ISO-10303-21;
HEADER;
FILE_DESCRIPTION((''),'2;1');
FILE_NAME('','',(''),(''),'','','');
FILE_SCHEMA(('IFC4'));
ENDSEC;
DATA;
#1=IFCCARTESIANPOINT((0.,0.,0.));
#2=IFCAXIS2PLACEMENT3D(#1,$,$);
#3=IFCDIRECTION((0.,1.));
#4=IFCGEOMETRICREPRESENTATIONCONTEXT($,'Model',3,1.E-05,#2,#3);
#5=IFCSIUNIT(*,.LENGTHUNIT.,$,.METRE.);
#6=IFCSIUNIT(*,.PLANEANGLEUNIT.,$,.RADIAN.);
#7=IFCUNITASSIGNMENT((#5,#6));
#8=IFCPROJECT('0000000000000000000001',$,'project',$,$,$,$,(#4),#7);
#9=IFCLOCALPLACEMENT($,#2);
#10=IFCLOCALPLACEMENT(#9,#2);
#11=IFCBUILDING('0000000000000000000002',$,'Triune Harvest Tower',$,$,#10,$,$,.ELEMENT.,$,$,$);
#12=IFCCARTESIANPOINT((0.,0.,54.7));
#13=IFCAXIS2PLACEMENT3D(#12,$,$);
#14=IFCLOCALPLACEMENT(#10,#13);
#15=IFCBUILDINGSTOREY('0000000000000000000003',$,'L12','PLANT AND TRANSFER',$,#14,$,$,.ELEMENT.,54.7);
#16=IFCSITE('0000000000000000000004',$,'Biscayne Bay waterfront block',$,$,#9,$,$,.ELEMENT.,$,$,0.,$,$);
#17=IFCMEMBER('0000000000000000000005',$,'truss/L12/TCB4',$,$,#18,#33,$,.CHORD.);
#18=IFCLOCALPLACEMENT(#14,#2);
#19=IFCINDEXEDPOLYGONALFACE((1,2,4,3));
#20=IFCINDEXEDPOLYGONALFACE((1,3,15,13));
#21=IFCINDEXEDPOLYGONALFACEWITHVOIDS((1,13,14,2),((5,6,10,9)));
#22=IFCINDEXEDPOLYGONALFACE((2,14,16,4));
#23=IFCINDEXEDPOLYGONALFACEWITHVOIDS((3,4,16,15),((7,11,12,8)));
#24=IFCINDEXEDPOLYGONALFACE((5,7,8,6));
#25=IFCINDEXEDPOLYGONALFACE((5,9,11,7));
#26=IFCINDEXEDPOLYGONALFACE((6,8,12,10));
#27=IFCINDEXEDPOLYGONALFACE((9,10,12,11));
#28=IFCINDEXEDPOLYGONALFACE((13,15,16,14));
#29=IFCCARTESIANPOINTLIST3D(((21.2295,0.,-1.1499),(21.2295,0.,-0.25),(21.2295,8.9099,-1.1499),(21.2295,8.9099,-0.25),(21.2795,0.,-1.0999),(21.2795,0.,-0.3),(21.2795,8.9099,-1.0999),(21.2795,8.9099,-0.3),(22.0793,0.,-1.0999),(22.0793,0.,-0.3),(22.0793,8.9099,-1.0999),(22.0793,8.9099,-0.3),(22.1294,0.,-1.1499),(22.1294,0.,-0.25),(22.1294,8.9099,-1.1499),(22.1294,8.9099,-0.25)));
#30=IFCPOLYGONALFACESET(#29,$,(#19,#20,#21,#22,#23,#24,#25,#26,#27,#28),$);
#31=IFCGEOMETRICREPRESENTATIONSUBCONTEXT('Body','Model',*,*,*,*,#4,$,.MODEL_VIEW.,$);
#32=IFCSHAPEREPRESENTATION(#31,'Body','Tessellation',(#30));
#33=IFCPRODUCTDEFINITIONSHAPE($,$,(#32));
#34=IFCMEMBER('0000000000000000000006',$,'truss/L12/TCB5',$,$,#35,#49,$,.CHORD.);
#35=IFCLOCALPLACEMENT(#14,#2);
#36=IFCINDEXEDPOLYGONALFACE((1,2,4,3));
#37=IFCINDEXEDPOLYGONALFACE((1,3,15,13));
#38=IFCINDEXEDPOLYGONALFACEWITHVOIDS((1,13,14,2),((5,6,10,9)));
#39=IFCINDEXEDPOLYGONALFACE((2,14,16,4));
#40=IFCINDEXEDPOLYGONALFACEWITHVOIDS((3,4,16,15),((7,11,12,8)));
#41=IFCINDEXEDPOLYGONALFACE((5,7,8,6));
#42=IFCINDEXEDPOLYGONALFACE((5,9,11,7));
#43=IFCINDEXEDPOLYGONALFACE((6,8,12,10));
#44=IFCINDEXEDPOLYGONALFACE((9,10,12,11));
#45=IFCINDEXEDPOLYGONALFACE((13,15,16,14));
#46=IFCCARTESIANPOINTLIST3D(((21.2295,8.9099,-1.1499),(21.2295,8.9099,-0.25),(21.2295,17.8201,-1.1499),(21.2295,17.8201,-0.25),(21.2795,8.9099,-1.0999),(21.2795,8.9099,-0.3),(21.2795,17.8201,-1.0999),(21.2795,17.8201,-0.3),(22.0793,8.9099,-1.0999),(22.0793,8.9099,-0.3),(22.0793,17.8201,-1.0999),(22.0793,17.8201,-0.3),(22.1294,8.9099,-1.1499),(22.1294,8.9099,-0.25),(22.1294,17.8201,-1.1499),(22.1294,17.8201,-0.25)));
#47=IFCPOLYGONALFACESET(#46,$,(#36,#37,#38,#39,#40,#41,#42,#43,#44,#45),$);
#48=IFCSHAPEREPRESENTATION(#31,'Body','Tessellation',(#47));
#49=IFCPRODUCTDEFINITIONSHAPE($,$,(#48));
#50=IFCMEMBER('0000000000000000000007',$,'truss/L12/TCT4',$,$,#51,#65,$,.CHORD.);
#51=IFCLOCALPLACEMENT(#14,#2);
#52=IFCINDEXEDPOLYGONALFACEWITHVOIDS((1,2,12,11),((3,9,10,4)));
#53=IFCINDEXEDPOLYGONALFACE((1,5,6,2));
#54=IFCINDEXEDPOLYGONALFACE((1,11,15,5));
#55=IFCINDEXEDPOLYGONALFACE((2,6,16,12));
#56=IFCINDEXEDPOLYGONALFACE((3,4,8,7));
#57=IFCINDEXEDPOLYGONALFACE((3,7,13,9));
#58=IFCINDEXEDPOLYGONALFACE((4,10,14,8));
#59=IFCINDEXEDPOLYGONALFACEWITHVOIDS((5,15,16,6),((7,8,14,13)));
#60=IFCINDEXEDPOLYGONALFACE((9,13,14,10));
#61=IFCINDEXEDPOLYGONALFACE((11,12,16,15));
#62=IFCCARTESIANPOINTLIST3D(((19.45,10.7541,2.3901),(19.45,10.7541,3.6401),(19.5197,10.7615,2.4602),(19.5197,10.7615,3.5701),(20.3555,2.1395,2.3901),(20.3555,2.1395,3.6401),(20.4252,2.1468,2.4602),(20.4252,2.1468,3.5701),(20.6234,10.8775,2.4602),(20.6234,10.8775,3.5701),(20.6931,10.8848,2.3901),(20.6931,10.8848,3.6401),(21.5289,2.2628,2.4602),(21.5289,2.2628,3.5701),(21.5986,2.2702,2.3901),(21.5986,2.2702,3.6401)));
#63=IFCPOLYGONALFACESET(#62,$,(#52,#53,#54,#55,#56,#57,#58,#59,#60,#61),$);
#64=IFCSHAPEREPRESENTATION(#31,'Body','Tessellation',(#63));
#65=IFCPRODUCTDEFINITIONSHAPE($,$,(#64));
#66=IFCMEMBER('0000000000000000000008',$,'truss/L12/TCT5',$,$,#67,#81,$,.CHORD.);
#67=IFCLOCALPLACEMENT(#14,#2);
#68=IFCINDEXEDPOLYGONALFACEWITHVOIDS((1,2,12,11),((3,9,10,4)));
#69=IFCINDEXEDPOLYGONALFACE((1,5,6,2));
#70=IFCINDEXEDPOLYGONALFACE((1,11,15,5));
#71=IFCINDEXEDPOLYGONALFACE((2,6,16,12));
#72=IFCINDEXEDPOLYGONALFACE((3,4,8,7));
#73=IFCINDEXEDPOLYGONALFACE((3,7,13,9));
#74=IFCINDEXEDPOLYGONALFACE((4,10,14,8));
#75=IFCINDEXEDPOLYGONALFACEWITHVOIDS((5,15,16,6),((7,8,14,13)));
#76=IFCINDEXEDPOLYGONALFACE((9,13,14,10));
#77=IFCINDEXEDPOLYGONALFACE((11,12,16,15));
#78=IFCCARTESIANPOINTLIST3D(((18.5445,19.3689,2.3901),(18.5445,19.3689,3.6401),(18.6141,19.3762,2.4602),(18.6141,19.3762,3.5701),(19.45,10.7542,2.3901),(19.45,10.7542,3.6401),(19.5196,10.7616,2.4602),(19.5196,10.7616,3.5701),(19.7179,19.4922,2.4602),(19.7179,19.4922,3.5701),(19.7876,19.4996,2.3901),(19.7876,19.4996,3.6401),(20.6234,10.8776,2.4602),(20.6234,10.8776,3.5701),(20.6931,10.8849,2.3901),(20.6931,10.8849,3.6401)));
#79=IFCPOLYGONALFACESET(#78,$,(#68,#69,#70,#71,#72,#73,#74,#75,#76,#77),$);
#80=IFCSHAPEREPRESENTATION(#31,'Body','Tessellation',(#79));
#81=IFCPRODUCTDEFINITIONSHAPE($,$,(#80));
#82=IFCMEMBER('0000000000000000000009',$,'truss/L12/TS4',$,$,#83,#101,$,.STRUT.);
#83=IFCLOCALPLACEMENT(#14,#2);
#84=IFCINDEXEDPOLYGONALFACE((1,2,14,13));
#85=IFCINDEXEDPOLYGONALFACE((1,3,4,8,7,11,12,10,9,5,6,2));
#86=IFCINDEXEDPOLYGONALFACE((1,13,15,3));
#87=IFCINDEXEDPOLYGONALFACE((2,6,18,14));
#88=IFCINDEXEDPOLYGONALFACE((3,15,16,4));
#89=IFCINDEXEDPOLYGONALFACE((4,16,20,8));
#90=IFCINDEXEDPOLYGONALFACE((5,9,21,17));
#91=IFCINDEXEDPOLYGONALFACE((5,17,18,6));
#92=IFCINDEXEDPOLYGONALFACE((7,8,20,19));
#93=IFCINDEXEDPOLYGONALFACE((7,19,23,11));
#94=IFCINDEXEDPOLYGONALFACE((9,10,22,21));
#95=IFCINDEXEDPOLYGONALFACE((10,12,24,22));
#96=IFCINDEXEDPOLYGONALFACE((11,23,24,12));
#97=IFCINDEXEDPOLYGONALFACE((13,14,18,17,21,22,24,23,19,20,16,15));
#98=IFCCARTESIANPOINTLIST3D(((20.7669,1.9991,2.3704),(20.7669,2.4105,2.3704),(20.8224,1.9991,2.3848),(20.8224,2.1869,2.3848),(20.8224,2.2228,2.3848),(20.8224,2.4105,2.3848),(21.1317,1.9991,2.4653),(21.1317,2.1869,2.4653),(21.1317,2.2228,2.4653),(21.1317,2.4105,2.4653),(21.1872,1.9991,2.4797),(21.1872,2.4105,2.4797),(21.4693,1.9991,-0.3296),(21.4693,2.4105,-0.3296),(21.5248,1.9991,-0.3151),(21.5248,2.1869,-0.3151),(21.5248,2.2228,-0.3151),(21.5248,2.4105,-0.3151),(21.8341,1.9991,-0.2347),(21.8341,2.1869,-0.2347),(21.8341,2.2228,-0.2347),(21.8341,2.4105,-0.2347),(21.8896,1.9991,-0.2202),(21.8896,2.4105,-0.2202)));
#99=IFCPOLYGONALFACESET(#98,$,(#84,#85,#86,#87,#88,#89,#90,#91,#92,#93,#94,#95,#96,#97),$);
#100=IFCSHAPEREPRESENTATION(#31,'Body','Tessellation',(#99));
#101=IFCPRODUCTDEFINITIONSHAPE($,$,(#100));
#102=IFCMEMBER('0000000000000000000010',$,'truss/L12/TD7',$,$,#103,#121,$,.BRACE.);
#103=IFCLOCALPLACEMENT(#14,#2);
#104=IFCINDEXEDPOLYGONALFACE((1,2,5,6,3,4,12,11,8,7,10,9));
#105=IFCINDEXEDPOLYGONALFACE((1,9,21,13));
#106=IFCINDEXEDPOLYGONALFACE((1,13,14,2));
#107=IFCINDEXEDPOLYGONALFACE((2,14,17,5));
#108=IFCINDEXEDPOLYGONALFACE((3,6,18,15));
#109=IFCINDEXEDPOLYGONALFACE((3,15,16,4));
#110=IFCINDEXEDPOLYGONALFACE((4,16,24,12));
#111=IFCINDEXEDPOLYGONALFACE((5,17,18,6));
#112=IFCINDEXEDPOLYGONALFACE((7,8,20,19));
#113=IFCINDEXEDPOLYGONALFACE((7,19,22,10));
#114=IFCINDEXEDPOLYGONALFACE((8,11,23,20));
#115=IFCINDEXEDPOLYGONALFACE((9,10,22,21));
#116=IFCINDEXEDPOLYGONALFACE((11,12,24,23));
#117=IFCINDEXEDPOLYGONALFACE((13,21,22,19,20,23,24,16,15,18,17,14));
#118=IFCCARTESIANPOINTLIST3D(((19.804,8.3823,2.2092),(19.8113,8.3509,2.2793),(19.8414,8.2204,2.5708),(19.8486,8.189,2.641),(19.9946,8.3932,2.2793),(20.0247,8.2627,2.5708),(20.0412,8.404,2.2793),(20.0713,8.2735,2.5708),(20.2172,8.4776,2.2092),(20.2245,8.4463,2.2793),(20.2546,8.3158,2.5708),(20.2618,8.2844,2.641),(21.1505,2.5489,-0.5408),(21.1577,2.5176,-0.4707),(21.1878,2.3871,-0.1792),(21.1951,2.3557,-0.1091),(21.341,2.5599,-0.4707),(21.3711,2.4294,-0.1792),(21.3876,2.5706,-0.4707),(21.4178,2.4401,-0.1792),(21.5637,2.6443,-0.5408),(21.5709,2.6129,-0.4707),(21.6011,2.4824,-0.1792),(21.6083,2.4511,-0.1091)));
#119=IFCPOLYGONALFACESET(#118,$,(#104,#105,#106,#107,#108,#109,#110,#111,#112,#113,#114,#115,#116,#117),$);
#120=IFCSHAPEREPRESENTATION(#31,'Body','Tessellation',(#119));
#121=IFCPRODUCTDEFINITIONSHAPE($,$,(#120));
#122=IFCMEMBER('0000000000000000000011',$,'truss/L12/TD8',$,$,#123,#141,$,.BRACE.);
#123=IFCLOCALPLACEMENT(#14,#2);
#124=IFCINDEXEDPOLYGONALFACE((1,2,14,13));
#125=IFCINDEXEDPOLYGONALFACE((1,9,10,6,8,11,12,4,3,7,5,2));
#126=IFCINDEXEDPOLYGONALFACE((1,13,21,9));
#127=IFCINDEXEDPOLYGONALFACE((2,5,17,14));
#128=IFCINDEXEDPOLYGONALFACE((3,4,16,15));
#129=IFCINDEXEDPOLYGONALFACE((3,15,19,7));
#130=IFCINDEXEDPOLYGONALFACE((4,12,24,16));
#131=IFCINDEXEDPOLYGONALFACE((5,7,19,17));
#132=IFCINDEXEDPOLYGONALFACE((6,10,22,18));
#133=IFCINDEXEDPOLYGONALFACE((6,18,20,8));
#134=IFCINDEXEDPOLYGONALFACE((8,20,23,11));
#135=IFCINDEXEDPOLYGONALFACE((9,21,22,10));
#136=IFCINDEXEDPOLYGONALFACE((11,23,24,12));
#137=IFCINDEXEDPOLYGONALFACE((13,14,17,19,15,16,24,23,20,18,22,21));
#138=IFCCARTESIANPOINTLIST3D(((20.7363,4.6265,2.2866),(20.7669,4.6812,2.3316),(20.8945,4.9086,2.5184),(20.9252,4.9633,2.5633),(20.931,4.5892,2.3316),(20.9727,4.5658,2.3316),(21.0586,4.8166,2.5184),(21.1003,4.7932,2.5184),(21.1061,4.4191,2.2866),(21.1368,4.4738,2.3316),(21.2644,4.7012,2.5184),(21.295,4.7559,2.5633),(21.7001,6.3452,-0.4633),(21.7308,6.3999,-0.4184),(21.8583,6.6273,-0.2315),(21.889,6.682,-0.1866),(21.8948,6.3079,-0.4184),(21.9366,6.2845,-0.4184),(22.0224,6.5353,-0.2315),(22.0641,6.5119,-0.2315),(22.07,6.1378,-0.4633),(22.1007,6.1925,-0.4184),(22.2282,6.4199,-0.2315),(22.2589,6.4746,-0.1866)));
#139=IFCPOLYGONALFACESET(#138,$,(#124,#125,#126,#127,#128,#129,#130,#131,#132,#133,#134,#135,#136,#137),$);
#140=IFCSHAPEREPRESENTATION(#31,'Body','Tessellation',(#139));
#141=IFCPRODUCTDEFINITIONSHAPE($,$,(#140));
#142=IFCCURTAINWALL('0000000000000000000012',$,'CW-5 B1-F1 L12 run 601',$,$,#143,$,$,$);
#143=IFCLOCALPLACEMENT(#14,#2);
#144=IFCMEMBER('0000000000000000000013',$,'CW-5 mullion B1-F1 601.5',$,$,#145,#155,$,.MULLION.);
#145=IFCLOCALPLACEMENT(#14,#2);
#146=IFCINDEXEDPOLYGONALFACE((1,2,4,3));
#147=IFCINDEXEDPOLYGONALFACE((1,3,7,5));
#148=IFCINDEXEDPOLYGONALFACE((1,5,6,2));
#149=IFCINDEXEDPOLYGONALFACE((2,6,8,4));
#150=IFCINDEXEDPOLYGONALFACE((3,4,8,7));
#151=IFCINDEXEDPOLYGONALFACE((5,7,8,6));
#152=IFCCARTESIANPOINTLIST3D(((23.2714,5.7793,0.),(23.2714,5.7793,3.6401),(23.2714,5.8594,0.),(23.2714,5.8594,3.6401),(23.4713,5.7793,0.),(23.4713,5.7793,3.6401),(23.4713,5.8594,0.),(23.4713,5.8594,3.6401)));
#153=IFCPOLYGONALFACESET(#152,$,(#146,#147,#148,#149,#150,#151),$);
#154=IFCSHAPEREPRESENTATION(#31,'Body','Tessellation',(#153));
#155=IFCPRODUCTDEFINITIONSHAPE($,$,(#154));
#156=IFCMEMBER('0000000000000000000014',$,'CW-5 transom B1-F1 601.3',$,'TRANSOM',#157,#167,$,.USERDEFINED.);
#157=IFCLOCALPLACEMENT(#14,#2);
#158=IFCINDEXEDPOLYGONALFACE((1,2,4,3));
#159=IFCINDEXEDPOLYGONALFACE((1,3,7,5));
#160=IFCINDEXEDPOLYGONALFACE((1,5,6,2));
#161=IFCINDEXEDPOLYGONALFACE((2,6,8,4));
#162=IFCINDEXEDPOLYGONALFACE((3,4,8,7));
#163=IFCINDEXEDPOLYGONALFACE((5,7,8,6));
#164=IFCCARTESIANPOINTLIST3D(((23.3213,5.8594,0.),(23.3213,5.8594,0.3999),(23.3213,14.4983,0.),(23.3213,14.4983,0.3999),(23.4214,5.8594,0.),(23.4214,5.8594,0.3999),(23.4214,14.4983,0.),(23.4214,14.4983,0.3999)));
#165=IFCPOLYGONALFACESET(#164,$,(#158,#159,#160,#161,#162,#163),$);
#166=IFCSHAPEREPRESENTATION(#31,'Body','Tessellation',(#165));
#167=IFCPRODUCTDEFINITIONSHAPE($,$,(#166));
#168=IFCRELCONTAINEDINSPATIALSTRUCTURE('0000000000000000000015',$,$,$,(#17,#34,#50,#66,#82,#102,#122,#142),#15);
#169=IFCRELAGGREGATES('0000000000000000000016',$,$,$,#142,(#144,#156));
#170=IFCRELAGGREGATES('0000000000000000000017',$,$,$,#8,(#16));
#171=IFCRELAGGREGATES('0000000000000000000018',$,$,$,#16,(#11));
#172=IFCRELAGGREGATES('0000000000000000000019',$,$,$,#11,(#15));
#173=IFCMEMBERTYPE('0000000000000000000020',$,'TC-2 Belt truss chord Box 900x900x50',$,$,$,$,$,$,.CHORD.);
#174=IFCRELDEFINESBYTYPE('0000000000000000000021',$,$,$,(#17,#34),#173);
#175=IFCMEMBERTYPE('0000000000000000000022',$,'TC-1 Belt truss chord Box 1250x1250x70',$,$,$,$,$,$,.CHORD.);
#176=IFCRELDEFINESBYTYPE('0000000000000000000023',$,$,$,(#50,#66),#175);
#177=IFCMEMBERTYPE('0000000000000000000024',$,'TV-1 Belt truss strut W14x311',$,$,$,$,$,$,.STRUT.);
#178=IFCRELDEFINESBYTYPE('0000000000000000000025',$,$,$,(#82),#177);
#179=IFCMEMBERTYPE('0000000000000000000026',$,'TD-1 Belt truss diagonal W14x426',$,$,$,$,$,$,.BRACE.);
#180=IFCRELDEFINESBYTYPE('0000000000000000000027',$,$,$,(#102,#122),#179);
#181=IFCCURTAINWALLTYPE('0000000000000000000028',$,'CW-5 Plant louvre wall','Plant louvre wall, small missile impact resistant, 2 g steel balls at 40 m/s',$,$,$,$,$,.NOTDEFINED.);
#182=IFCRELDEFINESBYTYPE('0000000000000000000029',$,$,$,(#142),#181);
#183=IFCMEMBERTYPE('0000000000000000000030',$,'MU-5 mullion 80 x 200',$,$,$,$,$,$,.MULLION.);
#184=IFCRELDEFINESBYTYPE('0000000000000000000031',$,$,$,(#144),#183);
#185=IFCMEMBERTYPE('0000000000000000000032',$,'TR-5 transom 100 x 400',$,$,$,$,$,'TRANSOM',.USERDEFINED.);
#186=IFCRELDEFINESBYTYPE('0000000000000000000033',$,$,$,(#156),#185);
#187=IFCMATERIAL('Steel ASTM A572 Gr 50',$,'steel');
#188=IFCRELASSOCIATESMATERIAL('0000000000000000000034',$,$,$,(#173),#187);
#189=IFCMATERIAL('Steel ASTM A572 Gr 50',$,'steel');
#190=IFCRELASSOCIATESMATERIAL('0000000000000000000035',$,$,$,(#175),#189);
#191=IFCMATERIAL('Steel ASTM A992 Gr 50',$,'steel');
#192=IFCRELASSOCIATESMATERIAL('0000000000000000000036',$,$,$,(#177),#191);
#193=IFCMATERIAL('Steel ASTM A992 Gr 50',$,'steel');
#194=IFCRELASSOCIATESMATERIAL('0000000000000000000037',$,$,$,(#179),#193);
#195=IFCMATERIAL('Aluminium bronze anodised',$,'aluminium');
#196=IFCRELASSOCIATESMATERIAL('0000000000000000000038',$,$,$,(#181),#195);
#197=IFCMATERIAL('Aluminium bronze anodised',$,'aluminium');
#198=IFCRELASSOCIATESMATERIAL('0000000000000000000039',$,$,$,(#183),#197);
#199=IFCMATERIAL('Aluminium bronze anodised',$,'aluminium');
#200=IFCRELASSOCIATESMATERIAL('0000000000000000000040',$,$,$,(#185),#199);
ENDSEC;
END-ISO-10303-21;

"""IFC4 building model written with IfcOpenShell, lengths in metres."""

from ifc_helpers import new_model, si_unit, direction, frame, origin, origin_2d, place, context, subcontext, project, spatial, rectangle, hollow_rectangle, i_section, extrude, source, transform, mapped, material, material_profile, profile_set, type_object, element, aggregate, save


model = new_model("IFC4")

# Units and contexts
model_context = context("Model", 3, precision=1e-05, world=origin(), true_north=direction((0.0, 1.0)))
body_context = subcontext(model_context, "Body", "Model", "MODEL_VIEW")
ifc_project = project(units=[si_unit("LENGTHUNIT", "METRE"), si_unit("PLANEANGLEUNIT", "RADIAN")], contexts=[model_context])

# Site, building, storey
site_placement = place(None, origin())
site = spatial("IfcSite", under=ifc_project, at=site_placement, Name="Biscayne Bay waterfront block", CompositionType="ELEMENT", RefElevation=0.0)
building_placement = place(site_placement, origin())
building = spatial("IfcBuilding", under=site, at=building_placement, Name="Triune Harvest Tower", CompositionType="ELEMENT")
storey_placement = place(building_placement, frame((0.0, 0.0, 54.7)))
storey = spatial("IfcBuildingStorey", under=building, at=storey_placement, Name="L12", Description="PLANT AND TRANSFER", CompositionType="ELEMENT", Elevation=54.7)

# Members
ifc_material_1 = material(Name="Steel ASTM A572 Gr 50", Category="steel")
ifc_material_profile_1 = material_profile(ifc_material_1, hollow_rectangle(XDim=0.8999, YDim=0.8999, WallThickness=0.05, at=origin_2d()), Name="Box 900x900x50")
ifc_profile_set_1 = profile_set([ifc_material_profile_1], Name="Steel ASTM A572 Gr 50")
member_type_1 = type_object("IfcMemberType", Name="TC-2 Belt truss chord Box 900x900x50", PredefinedType="CHORD", material=ifc_profile_set_1)
shared_shape_1 = source(origin(), body_context, "Body", "SweptSolid", [
    extrude(hollow_rectangle(XDim=0.8999, YDim=0.8999, WallThickness=0.05, at=origin_2d()), origin(), (0.0, 0.0, 1.0), 8.9099),
])
member_1_placement = place(storey_placement, frame((21.6794, 0.0, -0.7), z_axis=(0.0, 1.0, 0.0), x_axis=(-1.0, 0.0, 0.0)))
element("IfcMember", 1, at=member_1_placement, inside=storey, type_object=member_type_1, Name="truss/L12/TCB4", PredefinedType="CHORD", context=body_context, shape_type="MappedRepresentation", body=[
    mapped(shared_shape_1, transform((0.0, 0.0, 0.0), scale=1.0)),
])
shared_shape_2 = source(origin(), body_context, "Body", "SweptSolid", [
    extrude(hollow_rectangle(XDim=0.8999, YDim=0.8999, WallThickness=0.05, at=origin_2d()), origin(), (0.0, 0.0, 1.0), 8.9102),
])
member_2_placement = place(storey_placement, frame((21.6794, 8.9099, -0.7), z_axis=(0.0, 1.0, 0.0), x_axis=(-1.0, 0.0, 0.0)))
element("IfcMember", 2, at=member_2_placement, inside=storey, type_object=member_type_1, Name="truss/L12/TCB5", PredefinedType="CHORD", context=body_context, shape_type="MappedRepresentation", body=[
    mapped(shared_shape_2, transform((0.0, 0.0, 0.0), scale=1.0)),
])
ifc_material_2 = material(Name="Steel ASTM A572 Gr 50", Category="steel")
ifc_material_profile_2 = material_profile(ifc_material_2, hollow_rectangle(XDim=1.25, YDim=1.25, WallThickness=0.0701, at=origin_2d()), Name="Box 1250x1250x70")
ifc_profile_set_2 = profile_set([ifc_material_profile_2], Name="Steel ASTM A572 Gr 50")
member_type_2 = type_object("IfcMemberType", Name="TC-1 Belt truss chord Box 1250x1250x70", PredefinedType="CHORD", material=ifc_profile_set_2)
shared_shape_3 = source(origin(), body_context, "Body", "SweptSolid", [
    extrude(hollow_rectangle(XDim=1.25, YDim=1.25, WallThickness=0.0701, at=origin_2d()), origin(), (0.0, 0.0, 1.0), 8.6621),
])
for number, where, z_axis, x_axis, name in (
    (3, (20.9771, 2.2048, 3.0151), (-0.104537, 0.994521, 0.0), (-0.994521, -0.104537, 0.0), "truss/L12/TCT4"),
    (4, (20.0715, 10.8196, 3.0151), (-0.104537, 0.994521, 0.0), (-0.994521, -0.104537, 0.0), "truss/L12/TCT5"),
):
    element("IfcMember", number, at=place(storey_placement, frame(where, z_axis=z_axis, x_axis=x_axis)), inside=storey, type_object=member_type_2, Name=name, PredefinedType="CHORD", context=body_context, shape_type="MappedRepresentation", body=[
        mapped(shared_shape_3, transform((0.0, 0.0, 0.0), scale=1.0)),
    ])
ifc_material_3 = material(Name="Steel ASTM A992 Gr 50", Category="steel")
ifc_material_profile_3 = material_profile(ifc_material_3, i_section(OverallWidth=0.4114, OverallDepth=0.4343, WebThickness=0.0359, FlangeThickness=0.0574, at=origin_2d()), Name="W14x311")
ifc_profile_set_3 = profile_set([ifc_material_profile_3], Name="Steel ASTM A992 Gr 50")
member_type_3 = type_object("IfcMemberType", Name="TV-1 Belt truss strut W14x311", PredefinedType="STRUT", material=ifc_profile_set_3)
shared_shape_4 = source(origin(), body_context, "Body", "SweptSolid", [
    extrude(i_section(OverallWidth=0.4114, OverallDepth=0.4343, WebThickness=0.0359, FlangeThickness=0.0574, at=origin_2d()), origin(), (0.0, 0.0, 1.0), 2.7898),
])
member_3_placement = place(storey_placement, frame((21.6794, 2.2048, -0.2749), z_axis=(-0.25177, 0.0, 0.967787), x_axis=(0.0, -1.0, 0.0)))
element("IfcMember", 5, at=member_3_placement, inside=storey, type_object=member_type_3, Name="truss/L12/TS4", PredefinedType="STRUT", context=body_context, shape_type="MappedRepresentation", body=[
    mapped(shared_shape_4, transform((0.0, 0.0, 0.0), scale=1.0)),
])
ifc_material_4 = material(Name="Steel ASTM A992 Gr 50", Category="steel")
ifc_material_profile_4 = material_profile(ifc_material_4, i_section(OverallWidth=0.4241, OverallDepth=0.4751, WebThickness=0.0479, FlangeThickness=0.0771, at=origin_2d()), Name="W14x426")
ifc_profile_set_4 = profile_set([ifc_material_profile_4], Name="Steel ASTM A992 Gr 50")
member_type_4 = type_object("IfcMemberType", Name="TD-1 Belt truss diagonal W14x426", PredefinedType="BRACE", material=ifc_profile_set_4)
shared_shape_5 = source(origin(), body_context, "Body", "SweptSolid", [
    extrude(i_section(OverallWidth=0.4241, OverallDepth=0.4751, WebThickness=0.0479, FlangeThickness=0.0771, at=origin_2d()), origin(), (0.0, 0.0, 1.0), 6.5881),
])
member_4_placement = place(storey_placement, frame((21.3794, 2.5, -0.325), z_axis=(-0.204376, 0.885431, 0.417423), x_axis=(-0.97438, -0.224907, 0.0)))
element("IfcMember", 6, at=member_4_placement, inside=storey, type_object=member_type_4, Name="truss/L12/TD7", PredefinedType="BRACE", context=body_context, shape_type="MappedRepresentation", body=[
    mapped(shared_shape_5, transform((0.0, 0.0, 0.0), scale=1.0)),
])
shared_shape_6 = source(origin(), body_context, "Body", "SweptSolid", [
    extrude(i_section(OverallWidth=0.4241, OverallDepth=0.4751, WebThickness=0.0479, FlangeThickness=0.0771, at=origin_2d()), origin(), (0.0, 0.0, 1.0), 3.3831),
])
member_5_placement = place(storey_placement, frame((21.9795, 6.4099, -0.325), z_axis=(-0.284903, -0.508034, 0.812854), x_axis=(0.87221, -0.489131, 0.0)))
element("IfcMember", 7, at=member_5_placement, inside=storey, type_object=member_type_4, Name="truss/L12/TD8", PredefinedType="BRACE", context=body_context, shape_type="MappedRepresentation", body=[
    mapped(shared_shape_6, transform((0.0, 0.0, 0.0), scale=1.0)),
])

# Curtain wall, members
ifc_material_5 = material(Name="Aluminium bronze anodised", Category="aluminium")
curtain_wall_type = type_object("IfcCurtainWallType", Name="CW-5 Plant louvre wall", Description="Plant louvre wall, small missile impact resistant, 2 g steel balls at 40 m/s", PredefinedType="NOTDEFINED", material=ifc_material_5)
curtain_wall_placement = place(storey_placement, origin())
curtain_wall = element("IfcCurtainWall", 8, at=curtain_wall_placement, inside=storey, type_object=curtain_wall_type, Name="CW-5 B1-F1 L12 run 601")
ifc_material_6 = material(Name="Aluminium bronze anodised", Category="aluminium")
ifc_material_profile_5 = material_profile(ifc_material_6, rectangle(XDim=0.2, YDim=0.0801, at=origin_2d()), Name="MU-5 mullion 80 x 200")
ifc_profile_set_5 = profile_set([ifc_material_profile_5], Name="Aluminium bronze anodised")
member_type_5 = type_object("IfcMemberType", Name="MU-5 mullion 80 x 200", PredefinedType="MULLION", material=ifc_profile_set_5)
shared_shape_7 = source(origin(), body_context, "Body", "SweptSolid", [
    extrude(rectangle(XDim=0.2, YDim=0.0801, at=origin_2d()), origin(), (0.0, 0.0, 1.0), 3.6401),
])
member_6_placement = place(storey_placement, frame((23.3713, 5.8193, 0.0), z_axis=(0.0, 0.0, 1.0), x_axis=(-1.0, 0.0, 0.0)))
member_6 = element("IfcMember", 9, at=member_6_placement, type_object=member_type_5, Name="CW-5 mullion B1-F1 601.5", PredefinedType="MULLION", context=body_context, shape_type="MappedRepresentation", body=[
    mapped(shared_shape_7, transform((0.0, 0.0, 0.0), scale=1.0)),
])
ifc_material_7 = material(Name="Aluminium bronze anodised", Category="aluminium")
ifc_material_profile_6 = material_profile(ifc_material_7, rectangle(XDim=0.1001, YDim=0.3999, at=origin_2d()), Name="TR-5 transom 100 x 400")
ifc_profile_set_6 = profile_set([ifc_material_profile_6], Name="Aluminium bronze anodised")
member_type_6 = type_object("IfcMemberType", Name="TR-5 transom 100 x 400", ElementType="TRANSOM", PredefinedType="USERDEFINED", material=ifc_profile_set_6)
shared_shape_8 = source(origin(), body_context, "Body", "SweptSolid", [
    extrude(rectangle(XDim=0.1001, YDim=0.3999, at=origin_2d()), origin(), (0.0, 0.0, 1.0), 8.6389),
])
member_7_placement = place(storey_placement, frame((23.3713, 5.8594, 0.2), z_axis=(0.0, 1.0, 0.0), x_axis=(-1.0, 0.0, 0.0)))
member_7 = element("IfcMember", 10, at=member_7_placement, type_object=member_type_6, Name="CW-5 transom B1-F1 601.3", ObjectType="TRANSOM", PredefinedType="USERDEFINED", context=body_context, shape_type="MappedRepresentation", body=[
    mapped(shared_shape_8, transform((0.0, 0.0, 0.0), scale=1.0)),
])
aggregate(curtain_wall, [member_6, member_7])

save(model, "model.ifc")
